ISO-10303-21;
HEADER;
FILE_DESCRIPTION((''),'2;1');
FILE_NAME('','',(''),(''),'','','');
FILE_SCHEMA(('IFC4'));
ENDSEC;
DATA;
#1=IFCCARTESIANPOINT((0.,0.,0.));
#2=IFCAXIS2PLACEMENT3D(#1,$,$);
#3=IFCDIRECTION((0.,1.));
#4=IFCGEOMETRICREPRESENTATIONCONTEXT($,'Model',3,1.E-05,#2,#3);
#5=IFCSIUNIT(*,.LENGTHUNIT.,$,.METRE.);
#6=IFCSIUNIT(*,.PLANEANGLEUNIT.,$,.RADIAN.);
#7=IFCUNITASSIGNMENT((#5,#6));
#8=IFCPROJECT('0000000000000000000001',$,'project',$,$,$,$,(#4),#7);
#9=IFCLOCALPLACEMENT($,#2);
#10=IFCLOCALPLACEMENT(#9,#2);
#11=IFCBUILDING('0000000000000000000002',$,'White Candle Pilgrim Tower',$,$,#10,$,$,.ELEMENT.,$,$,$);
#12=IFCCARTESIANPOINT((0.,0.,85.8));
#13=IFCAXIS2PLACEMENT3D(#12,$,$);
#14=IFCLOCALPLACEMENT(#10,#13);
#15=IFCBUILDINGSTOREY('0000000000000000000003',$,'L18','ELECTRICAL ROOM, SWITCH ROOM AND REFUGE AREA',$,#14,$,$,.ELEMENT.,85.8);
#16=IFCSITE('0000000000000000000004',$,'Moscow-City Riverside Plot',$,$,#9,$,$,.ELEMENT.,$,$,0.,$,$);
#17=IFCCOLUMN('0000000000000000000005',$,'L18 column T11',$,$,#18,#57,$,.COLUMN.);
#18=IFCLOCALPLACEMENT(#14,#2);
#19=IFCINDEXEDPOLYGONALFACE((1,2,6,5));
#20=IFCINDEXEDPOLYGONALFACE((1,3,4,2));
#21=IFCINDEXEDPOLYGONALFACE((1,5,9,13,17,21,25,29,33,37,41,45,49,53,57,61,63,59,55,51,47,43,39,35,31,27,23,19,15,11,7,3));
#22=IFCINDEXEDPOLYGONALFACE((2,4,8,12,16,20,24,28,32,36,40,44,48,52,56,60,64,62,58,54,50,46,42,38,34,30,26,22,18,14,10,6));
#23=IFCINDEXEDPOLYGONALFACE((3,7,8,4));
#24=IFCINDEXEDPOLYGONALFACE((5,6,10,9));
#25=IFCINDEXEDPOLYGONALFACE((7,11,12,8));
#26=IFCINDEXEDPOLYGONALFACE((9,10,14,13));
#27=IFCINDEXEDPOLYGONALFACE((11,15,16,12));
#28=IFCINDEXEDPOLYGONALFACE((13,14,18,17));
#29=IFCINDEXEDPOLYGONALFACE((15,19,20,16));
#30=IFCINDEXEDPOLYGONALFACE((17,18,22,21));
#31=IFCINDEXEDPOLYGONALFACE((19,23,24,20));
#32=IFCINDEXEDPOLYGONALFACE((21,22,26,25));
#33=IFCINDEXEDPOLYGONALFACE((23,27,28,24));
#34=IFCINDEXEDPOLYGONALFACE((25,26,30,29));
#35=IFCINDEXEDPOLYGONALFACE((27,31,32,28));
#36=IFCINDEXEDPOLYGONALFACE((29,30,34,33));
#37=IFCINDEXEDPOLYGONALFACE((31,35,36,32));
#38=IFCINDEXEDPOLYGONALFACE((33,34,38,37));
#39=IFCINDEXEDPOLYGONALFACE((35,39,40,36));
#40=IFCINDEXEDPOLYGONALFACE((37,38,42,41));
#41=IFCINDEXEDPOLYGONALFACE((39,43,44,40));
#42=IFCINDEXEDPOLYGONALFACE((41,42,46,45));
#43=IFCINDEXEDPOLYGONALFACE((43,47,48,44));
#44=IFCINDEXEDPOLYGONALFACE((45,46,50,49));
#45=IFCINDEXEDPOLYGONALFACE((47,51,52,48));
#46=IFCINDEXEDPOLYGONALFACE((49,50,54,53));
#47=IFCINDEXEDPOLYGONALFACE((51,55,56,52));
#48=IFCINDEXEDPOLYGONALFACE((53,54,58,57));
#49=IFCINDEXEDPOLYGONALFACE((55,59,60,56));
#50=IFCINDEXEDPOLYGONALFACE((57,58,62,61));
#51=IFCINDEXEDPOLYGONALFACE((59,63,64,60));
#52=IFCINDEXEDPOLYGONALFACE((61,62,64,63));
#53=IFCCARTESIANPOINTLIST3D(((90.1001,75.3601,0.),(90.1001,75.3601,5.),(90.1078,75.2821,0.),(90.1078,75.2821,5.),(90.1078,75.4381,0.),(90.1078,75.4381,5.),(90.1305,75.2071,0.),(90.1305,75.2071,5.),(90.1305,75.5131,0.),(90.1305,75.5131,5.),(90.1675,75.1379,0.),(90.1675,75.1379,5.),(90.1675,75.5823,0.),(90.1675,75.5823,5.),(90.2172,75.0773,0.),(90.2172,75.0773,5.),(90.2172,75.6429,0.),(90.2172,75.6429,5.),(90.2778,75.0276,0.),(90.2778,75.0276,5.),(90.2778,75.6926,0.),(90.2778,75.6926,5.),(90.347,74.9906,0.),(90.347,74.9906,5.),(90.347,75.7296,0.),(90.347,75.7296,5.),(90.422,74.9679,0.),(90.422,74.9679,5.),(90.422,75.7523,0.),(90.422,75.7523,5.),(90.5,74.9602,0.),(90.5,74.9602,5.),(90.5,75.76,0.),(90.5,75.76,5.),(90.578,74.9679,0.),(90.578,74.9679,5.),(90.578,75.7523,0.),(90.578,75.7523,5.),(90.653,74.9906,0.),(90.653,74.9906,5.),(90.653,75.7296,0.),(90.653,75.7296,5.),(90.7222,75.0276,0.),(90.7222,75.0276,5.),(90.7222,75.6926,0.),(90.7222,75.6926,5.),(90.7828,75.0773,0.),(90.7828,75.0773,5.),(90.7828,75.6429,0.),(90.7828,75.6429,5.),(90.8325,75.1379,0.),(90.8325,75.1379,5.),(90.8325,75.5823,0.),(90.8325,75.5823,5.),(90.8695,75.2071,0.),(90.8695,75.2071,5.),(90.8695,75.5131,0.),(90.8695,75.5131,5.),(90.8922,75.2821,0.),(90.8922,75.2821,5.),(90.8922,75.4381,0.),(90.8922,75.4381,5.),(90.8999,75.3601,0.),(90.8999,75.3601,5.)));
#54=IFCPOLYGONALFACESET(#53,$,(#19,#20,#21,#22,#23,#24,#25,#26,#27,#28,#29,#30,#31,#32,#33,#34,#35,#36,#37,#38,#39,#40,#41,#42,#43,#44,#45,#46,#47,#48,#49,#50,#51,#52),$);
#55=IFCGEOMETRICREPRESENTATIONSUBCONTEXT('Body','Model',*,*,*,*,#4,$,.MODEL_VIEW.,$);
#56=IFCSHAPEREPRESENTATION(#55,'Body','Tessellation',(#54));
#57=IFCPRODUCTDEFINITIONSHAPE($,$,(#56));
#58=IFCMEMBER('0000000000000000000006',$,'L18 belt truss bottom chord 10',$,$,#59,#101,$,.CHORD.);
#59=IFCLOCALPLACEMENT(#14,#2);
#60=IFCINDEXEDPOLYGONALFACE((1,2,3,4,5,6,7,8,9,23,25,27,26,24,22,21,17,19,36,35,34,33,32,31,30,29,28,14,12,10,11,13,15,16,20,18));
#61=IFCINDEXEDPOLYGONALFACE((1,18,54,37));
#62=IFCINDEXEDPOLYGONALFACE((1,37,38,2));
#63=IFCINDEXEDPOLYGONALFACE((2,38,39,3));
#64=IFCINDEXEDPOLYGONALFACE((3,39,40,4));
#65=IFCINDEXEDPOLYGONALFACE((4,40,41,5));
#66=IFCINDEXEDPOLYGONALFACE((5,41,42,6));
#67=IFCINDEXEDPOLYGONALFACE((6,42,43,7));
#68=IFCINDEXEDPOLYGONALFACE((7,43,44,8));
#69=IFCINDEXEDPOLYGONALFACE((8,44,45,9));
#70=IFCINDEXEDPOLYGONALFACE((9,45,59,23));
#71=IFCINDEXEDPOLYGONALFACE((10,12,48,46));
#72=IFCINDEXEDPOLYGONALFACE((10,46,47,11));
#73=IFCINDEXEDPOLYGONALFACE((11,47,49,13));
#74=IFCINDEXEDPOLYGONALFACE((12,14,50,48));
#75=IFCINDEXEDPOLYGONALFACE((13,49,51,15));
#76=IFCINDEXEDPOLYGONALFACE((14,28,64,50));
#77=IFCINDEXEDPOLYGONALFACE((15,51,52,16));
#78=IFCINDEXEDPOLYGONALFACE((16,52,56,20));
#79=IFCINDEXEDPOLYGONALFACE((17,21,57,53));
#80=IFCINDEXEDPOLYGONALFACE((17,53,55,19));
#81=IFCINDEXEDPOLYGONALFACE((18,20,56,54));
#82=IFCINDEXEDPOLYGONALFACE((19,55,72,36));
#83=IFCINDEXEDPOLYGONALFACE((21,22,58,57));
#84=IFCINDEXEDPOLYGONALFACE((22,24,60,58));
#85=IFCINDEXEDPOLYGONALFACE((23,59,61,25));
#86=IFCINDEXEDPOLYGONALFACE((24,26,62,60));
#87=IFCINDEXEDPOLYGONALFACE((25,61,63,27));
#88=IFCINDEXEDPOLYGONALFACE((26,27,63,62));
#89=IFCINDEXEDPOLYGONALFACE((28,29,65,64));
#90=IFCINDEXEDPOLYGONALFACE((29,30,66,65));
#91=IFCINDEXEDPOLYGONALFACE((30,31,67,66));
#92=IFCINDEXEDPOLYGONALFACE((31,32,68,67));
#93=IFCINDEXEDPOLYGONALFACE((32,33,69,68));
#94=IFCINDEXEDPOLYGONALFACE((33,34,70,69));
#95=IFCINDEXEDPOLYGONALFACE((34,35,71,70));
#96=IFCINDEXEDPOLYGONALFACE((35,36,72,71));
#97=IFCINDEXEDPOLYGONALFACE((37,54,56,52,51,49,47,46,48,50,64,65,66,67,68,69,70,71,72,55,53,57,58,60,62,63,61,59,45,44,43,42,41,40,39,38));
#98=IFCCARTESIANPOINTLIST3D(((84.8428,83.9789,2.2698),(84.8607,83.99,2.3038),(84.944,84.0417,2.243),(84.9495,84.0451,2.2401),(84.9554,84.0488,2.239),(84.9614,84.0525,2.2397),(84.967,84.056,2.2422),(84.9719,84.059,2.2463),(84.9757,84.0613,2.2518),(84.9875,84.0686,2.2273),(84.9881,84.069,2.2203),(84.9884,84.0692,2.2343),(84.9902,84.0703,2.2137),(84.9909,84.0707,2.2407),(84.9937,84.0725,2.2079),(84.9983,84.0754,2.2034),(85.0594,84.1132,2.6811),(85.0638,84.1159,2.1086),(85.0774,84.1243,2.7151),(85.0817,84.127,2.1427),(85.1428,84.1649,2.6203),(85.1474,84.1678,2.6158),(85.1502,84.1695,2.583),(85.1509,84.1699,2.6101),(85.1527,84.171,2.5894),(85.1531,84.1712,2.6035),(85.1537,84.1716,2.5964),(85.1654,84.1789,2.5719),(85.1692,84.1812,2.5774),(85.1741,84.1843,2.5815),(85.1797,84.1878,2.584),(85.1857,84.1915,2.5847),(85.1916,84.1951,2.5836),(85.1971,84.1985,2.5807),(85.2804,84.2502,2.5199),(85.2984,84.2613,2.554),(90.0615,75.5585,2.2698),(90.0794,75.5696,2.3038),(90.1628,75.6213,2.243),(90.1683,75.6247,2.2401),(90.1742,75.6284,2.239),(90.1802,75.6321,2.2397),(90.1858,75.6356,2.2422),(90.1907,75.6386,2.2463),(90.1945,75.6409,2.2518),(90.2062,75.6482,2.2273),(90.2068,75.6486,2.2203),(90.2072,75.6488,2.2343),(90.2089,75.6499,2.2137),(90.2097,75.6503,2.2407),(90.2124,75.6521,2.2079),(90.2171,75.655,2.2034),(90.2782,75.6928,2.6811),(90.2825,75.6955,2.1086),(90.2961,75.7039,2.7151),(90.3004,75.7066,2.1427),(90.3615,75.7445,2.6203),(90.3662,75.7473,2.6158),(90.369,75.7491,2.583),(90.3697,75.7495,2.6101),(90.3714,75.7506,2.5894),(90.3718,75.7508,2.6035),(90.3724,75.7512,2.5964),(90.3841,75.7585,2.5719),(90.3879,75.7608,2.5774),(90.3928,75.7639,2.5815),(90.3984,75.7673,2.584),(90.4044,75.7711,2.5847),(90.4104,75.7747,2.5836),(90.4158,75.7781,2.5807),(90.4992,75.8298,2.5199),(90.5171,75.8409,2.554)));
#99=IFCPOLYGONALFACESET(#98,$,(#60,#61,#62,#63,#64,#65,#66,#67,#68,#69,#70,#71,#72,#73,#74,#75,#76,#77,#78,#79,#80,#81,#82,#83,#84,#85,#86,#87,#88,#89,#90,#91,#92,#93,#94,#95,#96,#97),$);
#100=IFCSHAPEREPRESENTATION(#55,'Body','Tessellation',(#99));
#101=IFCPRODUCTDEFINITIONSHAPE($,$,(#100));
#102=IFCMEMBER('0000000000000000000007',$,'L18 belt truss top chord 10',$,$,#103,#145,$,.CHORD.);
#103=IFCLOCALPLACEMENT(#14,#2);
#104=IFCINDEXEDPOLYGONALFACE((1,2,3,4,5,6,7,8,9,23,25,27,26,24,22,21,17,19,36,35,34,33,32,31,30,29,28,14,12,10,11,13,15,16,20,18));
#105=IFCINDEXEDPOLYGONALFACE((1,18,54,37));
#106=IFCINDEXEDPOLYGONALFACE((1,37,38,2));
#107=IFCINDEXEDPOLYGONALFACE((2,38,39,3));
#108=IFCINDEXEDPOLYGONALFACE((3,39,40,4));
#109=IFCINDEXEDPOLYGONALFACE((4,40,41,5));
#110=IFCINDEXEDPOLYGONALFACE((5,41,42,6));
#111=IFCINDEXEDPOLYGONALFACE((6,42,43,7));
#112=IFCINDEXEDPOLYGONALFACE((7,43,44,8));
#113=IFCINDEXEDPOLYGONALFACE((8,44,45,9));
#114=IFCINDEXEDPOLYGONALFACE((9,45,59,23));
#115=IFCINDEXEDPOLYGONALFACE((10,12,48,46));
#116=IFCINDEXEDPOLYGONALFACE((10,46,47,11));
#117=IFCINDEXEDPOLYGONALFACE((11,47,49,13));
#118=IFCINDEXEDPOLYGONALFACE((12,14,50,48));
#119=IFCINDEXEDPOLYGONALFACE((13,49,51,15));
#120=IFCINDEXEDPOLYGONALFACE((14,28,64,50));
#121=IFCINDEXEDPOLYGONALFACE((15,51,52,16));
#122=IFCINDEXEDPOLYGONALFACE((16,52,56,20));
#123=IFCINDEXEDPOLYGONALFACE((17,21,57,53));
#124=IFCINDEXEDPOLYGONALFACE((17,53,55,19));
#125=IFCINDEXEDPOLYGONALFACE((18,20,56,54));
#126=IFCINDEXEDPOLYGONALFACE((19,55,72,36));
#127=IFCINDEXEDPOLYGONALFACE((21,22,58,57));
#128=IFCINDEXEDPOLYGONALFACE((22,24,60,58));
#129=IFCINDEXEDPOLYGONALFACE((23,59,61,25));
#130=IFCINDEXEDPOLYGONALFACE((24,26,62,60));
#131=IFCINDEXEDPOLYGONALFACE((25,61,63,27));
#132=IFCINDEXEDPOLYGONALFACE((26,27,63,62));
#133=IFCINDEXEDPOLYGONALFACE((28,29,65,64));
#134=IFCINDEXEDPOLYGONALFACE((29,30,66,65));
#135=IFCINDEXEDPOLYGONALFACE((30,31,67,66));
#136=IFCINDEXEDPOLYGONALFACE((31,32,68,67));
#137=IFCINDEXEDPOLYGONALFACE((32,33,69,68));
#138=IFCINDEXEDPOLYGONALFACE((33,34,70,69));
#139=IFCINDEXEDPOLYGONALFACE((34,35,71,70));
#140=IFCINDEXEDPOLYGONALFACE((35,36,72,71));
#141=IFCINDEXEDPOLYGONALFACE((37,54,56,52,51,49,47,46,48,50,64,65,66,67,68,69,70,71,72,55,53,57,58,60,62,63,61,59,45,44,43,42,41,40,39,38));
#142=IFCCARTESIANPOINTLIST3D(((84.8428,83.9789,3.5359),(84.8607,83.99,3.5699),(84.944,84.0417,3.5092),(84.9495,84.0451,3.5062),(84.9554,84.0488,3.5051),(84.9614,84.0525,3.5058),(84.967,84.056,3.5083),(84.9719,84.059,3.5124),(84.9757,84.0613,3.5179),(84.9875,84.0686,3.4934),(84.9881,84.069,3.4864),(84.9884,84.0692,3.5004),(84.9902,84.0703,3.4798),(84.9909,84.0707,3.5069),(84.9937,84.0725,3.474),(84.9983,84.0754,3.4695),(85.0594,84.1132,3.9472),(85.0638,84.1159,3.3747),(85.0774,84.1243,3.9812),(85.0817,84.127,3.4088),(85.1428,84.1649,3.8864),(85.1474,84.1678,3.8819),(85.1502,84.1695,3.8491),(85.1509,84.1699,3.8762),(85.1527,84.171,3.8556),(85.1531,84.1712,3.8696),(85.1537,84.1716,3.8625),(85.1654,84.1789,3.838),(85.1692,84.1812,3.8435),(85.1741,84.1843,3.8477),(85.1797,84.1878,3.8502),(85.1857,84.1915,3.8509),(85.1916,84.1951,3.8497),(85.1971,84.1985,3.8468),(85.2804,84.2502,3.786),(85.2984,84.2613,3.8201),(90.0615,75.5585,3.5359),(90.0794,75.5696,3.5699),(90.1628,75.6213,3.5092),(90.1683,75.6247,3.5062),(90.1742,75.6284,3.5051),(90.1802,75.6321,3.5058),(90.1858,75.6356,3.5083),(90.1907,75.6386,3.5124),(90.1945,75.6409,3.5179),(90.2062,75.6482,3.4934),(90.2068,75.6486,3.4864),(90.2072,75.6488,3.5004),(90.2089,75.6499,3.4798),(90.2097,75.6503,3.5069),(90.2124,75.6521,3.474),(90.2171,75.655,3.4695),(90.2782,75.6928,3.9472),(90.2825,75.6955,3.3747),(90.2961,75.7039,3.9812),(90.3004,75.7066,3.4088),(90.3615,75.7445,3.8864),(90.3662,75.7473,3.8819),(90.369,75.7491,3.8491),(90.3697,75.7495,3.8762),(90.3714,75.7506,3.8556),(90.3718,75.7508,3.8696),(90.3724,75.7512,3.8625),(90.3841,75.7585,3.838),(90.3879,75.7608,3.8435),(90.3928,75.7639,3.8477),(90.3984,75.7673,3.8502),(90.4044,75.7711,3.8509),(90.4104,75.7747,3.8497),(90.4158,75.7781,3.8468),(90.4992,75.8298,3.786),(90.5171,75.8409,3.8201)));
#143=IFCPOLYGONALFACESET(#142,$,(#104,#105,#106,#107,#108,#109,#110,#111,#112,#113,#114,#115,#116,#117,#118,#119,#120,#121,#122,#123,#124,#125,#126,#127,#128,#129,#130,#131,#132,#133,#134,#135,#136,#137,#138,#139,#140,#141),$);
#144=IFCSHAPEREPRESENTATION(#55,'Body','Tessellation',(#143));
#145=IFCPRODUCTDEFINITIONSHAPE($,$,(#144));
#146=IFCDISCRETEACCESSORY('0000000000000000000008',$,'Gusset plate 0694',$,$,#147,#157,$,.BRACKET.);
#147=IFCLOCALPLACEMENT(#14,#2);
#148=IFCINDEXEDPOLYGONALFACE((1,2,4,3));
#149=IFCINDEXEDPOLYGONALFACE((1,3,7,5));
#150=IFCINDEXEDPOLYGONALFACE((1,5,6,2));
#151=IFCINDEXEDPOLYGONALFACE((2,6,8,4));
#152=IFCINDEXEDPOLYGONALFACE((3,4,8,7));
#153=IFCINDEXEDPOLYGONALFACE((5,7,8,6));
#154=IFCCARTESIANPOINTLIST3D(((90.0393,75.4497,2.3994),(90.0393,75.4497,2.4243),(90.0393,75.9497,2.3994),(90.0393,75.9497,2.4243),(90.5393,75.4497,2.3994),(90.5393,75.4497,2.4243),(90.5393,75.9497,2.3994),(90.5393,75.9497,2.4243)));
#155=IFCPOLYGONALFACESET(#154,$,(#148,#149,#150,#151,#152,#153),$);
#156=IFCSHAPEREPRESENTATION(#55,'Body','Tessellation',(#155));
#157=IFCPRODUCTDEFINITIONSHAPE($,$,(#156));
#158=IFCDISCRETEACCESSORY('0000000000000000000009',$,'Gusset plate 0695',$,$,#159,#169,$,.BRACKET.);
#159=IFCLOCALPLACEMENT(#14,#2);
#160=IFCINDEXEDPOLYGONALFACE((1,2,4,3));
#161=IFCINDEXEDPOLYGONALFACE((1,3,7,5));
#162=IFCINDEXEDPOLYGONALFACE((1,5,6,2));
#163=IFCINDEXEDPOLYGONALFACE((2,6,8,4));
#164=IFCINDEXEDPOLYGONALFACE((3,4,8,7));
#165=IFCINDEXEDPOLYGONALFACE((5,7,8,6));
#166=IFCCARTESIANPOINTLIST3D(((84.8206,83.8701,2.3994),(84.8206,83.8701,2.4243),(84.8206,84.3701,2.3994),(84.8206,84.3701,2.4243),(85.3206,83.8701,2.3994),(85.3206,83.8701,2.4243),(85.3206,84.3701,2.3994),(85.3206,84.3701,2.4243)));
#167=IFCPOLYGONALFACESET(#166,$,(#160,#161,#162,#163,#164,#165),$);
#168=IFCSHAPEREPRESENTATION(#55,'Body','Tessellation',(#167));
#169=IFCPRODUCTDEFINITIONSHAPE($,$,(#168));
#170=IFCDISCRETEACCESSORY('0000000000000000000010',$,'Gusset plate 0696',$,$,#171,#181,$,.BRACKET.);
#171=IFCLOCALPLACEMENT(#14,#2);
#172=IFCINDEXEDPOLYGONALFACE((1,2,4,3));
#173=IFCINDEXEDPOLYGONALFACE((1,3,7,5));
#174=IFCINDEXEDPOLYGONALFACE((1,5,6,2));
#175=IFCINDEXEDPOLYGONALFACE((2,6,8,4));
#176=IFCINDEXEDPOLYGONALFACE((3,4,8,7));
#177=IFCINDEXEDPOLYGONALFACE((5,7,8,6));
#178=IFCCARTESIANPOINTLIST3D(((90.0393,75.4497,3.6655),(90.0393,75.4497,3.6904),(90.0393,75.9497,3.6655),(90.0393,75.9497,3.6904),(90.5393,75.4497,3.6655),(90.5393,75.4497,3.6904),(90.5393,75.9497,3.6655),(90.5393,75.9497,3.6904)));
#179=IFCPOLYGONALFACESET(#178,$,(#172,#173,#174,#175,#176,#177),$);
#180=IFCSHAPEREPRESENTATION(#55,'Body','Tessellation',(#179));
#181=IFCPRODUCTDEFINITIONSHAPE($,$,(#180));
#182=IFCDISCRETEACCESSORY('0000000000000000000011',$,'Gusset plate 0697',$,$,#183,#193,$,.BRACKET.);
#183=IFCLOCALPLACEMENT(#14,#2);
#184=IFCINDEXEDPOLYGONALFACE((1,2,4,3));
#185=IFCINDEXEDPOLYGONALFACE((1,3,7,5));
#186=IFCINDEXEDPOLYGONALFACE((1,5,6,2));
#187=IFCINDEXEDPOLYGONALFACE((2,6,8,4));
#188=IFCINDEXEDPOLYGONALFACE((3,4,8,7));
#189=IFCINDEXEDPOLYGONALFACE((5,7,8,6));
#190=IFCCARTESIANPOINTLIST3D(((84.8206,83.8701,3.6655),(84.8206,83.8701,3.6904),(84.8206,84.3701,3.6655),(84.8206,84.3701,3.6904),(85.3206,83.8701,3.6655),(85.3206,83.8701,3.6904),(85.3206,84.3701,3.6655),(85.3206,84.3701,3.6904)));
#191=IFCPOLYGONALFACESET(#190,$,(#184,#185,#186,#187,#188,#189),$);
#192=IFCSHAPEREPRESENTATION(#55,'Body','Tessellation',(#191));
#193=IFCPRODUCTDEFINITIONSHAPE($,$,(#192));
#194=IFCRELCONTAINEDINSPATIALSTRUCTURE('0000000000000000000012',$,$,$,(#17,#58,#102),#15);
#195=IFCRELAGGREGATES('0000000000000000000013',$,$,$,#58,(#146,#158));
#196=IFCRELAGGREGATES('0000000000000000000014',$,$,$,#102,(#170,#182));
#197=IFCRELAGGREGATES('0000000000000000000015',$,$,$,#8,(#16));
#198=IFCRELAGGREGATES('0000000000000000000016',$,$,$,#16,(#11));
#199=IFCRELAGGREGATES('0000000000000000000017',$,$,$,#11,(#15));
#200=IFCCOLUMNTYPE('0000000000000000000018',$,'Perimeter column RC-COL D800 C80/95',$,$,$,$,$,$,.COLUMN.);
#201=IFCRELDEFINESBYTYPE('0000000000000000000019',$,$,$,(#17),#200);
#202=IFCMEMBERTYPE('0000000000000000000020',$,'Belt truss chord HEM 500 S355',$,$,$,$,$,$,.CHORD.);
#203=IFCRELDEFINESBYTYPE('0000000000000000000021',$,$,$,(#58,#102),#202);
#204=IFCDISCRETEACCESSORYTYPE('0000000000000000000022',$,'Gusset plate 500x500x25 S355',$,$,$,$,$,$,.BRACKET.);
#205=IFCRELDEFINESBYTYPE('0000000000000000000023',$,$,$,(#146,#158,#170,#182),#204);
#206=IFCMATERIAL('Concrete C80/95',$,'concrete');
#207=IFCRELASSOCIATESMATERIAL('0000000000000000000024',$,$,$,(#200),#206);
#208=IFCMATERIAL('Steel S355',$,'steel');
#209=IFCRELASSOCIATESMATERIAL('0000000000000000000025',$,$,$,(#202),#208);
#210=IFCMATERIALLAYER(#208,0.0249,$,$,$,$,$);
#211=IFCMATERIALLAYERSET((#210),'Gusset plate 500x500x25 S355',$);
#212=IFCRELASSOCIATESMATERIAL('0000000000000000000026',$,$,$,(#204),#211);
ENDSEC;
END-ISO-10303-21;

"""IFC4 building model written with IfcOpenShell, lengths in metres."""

from ifc_helpers import new_model, si_unit, direction, frame, origin, origin_2d, place, context, subcontext, project, spatial, rectangle, circle, i_section, extrude, material, layer, layer_set, material_profile, profile_set, type_object, element, aggregate, save


model = new_model("IFC4")

# Units and contexts
model_context = context("Model", 3, precision=1e-05, world=origin(), true_north=direction((0.0, 1.0)))
body_context = subcontext(model_context, "Body", "Model", "MODEL_VIEW")
ifc_project = project(units=[si_unit("LENGTHUNIT", "METRE"), si_unit("PLANEANGLEUNIT", "RADIAN")], contexts=[model_context])

# Site, building, storey
site_placement = place(None, origin())
site = spatial("IfcSite", under=ifc_project, at=site_placement, Name="Moscow-City Riverside Plot", CompositionType="ELEMENT", RefElevation=0.0)
building_placement = place(site_placement, origin())
building = spatial("IfcBuilding", under=site, at=building_placement, Name="White Candle Pilgrim Tower", CompositionType="ELEMENT")
storey_placement = place(building_placement, frame((0.0, 0.0, 85.8)))
storey = spatial("IfcBuildingStorey", under=building, at=storey_placement, Name="L18", Description="ELECTRICAL ROOM, SWITCH ROOM AND REFUGE AREA", CompositionType="ELEMENT", Elevation=85.8)

# Column
ifc_material_1 = material(Name="Concrete C80/95", Category="concrete")
ifc_material_profile_1 = material_profile(ifc_material_1, circle(Radius=0.3999, at=origin_2d()), Name="RC-COL D800")
ifc_profile_set_1 = profile_set([ifc_material_profile_1], Name="Concrete C80/95")
column_type = type_object("IfcColumnType", Name="Perimeter column RC-COL D800 C80/95", PredefinedType="COLUMN", material=ifc_profile_set_1)
column_placement = place(storey_placement, frame((90.5, 75.3601, 0.0), z_axis=(0.0, 0.0, 1.0), x_axis=(1.0, 0.0, 0.0)))
element("IfcColumn", 1, at=column_placement, inside=storey, type_object=column_type, Name="L18 column T11", PredefinedType="COLUMN", context=body_context, shape_type="SweptSolid", body=[
    extrude(circle(Radius=0.3999, at=origin_2d()), origin(), (0.0, 0.0, 1.0), 5.0),
])

# Members
ifc_material_2 = material(Name="Steel S355", Category="steel")
ifc_material_profile_2 = material_profile(ifc_material_2, i_section(OverallWidth=0.3059, OverallDepth=0.5239, WebThickness=0.021, FlangeThickness=0.04, FilletRadius=0.0271, at=origin_2d()), Name="HEM 500")
ifc_profile_set_2 = profile_set([ifc_material_profile_2], Name="Steel S355")
member_type_1 = type_object("IfcMemberType", Name="Belt truss chord HEM 500 S355", PredefinedType="CHORD", material=ifc_profile_set_2)
member_1_placement = place(storey_placement, frame((90.2893, 75.6997, 2.4119), z_axis=(-0.526801, 0.849989, 0.0), x_axis=(0.722479, 0.447773, -0.526805)))
member_1 = element("IfcMember", 2, at=member_1_placement, inside=storey, type_object=member_type_1, Name="L18 belt truss bottom chord 10", PredefinedType="CHORD", context=body_context, shape_type="SweptSolid", body=[
    extrude(i_section(OverallWidth=0.3059, OverallDepth=0.5239, WebThickness=0.021, FlangeThickness=0.04, FilletRadius=0.0271, at=origin_2d()), origin(), (0.0, 0.0, 1.0), 9.9065),
])
member_2_placement = place(storey_placement, frame((90.2893, 75.6997, 3.678), z_axis=(-0.526801, 0.849989, 0.0), x_axis=(0.722479, 0.447773, -0.526805)))
member_2 = element("IfcMember", 3, at=member_2_placement, inside=storey, type_object=member_type_1, Name="L18 belt truss top chord 10", PredefinedType="CHORD", context=body_context, shape_type="SweptSolid", body=[
    extrude(i_section(OverallWidth=0.3059, OverallDepth=0.5239, WebThickness=0.021, FlangeThickness=0.04, FilletRadius=0.0271, at=origin_2d()), origin(), (0.0, 0.0, 1.0), 9.9065),
])

# Discrete accessories
ifc_layer_1 = layer(ifc_material_2, 0.0249)
ifc_layer_set_1 = layer_set([ifc_layer_1], Name="Gusset plate 500x500x25 S355")
discrete_accessory_type = type_object("IfcDiscreteAccessoryType", Name="Gusset plate 500x500x25 S355", PredefinedType="BRACKET", material=ifc_layer_set_1)
discrete_accessory_1_placement = place(storey_placement, frame((90.2893, 75.6997, 2.3994), z_axis=(0.0, 0.0, 1.0), x_axis=(1.0, 0.0, 0.0)))
discrete_accessory_1 = element("IfcDiscreteAccessory", 4, at=discrete_accessory_1_placement, type_object=discrete_accessory_type, Name="Gusset plate 0694", PredefinedType="BRACKET", context=body_context, shape_type="SweptSolid", body=[
    extrude(rectangle(XDim=0.5, YDim=0.5, at=origin_2d()), origin(), (0.0, 0.0, 1.0), 0.0249),
])
discrete_accessory_2_placement = place(storey_placement, frame((85.0706, 84.1201, 2.3994), z_axis=(0.0, 0.0, 1.0), x_axis=(1.0, 0.0, 0.0)))
discrete_accessory_2 = element("IfcDiscreteAccessory", 5, at=discrete_accessory_2_placement, type_object=discrete_accessory_type, Name="Gusset plate 0695", PredefinedType="BRACKET", context=body_context, shape_type="SweptSolid", body=[
    extrude(rectangle(XDim=0.5, YDim=0.5, at=origin_2d()), origin(), (0.0, 0.0, 1.0), 0.0249),
])
aggregate(member_1, [discrete_accessory_1, discrete_accessory_2])
discrete_accessory_3_placement = place(storey_placement, frame((90.2893, 75.6997, 3.6655), z_axis=(0.0, 0.0, 1.0), x_axis=(1.0, 0.0, 0.0)))
discrete_accessory_3 = element("IfcDiscreteAccessory", 6, at=discrete_accessory_3_placement, type_object=discrete_accessory_type, Name="Gusset plate 0696", PredefinedType="BRACKET", context=body_context, shape_type="SweptSolid", body=[
    extrude(rectangle(XDim=0.5, YDim=0.5, at=origin_2d()), origin(), (0.0, 0.0, 1.0), 0.0249),
])
discrete_accessory_4_placement = place(storey_placement, frame((85.0706, 84.1201, 3.6655), z_axis=(0.0, 0.0, 1.0), x_axis=(1.0, 0.0, 0.0)))
discrete_accessory_4 = element("IfcDiscreteAccessory", 7, at=discrete_accessory_4_placement, type_object=discrete_accessory_type, Name="Gusset plate 0697", PredefinedType="BRACKET", context=body_context, shape_type="SweptSolid", body=[
    extrude(rectangle(XDim=0.5, YDim=0.5, at=origin_2d()), origin(), (0.0, 0.0, 1.0), 0.0249),
])
aggregate(member_2, [discrete_accessory_3, discrete_accessory_4])

save(model, "model.ifc")
